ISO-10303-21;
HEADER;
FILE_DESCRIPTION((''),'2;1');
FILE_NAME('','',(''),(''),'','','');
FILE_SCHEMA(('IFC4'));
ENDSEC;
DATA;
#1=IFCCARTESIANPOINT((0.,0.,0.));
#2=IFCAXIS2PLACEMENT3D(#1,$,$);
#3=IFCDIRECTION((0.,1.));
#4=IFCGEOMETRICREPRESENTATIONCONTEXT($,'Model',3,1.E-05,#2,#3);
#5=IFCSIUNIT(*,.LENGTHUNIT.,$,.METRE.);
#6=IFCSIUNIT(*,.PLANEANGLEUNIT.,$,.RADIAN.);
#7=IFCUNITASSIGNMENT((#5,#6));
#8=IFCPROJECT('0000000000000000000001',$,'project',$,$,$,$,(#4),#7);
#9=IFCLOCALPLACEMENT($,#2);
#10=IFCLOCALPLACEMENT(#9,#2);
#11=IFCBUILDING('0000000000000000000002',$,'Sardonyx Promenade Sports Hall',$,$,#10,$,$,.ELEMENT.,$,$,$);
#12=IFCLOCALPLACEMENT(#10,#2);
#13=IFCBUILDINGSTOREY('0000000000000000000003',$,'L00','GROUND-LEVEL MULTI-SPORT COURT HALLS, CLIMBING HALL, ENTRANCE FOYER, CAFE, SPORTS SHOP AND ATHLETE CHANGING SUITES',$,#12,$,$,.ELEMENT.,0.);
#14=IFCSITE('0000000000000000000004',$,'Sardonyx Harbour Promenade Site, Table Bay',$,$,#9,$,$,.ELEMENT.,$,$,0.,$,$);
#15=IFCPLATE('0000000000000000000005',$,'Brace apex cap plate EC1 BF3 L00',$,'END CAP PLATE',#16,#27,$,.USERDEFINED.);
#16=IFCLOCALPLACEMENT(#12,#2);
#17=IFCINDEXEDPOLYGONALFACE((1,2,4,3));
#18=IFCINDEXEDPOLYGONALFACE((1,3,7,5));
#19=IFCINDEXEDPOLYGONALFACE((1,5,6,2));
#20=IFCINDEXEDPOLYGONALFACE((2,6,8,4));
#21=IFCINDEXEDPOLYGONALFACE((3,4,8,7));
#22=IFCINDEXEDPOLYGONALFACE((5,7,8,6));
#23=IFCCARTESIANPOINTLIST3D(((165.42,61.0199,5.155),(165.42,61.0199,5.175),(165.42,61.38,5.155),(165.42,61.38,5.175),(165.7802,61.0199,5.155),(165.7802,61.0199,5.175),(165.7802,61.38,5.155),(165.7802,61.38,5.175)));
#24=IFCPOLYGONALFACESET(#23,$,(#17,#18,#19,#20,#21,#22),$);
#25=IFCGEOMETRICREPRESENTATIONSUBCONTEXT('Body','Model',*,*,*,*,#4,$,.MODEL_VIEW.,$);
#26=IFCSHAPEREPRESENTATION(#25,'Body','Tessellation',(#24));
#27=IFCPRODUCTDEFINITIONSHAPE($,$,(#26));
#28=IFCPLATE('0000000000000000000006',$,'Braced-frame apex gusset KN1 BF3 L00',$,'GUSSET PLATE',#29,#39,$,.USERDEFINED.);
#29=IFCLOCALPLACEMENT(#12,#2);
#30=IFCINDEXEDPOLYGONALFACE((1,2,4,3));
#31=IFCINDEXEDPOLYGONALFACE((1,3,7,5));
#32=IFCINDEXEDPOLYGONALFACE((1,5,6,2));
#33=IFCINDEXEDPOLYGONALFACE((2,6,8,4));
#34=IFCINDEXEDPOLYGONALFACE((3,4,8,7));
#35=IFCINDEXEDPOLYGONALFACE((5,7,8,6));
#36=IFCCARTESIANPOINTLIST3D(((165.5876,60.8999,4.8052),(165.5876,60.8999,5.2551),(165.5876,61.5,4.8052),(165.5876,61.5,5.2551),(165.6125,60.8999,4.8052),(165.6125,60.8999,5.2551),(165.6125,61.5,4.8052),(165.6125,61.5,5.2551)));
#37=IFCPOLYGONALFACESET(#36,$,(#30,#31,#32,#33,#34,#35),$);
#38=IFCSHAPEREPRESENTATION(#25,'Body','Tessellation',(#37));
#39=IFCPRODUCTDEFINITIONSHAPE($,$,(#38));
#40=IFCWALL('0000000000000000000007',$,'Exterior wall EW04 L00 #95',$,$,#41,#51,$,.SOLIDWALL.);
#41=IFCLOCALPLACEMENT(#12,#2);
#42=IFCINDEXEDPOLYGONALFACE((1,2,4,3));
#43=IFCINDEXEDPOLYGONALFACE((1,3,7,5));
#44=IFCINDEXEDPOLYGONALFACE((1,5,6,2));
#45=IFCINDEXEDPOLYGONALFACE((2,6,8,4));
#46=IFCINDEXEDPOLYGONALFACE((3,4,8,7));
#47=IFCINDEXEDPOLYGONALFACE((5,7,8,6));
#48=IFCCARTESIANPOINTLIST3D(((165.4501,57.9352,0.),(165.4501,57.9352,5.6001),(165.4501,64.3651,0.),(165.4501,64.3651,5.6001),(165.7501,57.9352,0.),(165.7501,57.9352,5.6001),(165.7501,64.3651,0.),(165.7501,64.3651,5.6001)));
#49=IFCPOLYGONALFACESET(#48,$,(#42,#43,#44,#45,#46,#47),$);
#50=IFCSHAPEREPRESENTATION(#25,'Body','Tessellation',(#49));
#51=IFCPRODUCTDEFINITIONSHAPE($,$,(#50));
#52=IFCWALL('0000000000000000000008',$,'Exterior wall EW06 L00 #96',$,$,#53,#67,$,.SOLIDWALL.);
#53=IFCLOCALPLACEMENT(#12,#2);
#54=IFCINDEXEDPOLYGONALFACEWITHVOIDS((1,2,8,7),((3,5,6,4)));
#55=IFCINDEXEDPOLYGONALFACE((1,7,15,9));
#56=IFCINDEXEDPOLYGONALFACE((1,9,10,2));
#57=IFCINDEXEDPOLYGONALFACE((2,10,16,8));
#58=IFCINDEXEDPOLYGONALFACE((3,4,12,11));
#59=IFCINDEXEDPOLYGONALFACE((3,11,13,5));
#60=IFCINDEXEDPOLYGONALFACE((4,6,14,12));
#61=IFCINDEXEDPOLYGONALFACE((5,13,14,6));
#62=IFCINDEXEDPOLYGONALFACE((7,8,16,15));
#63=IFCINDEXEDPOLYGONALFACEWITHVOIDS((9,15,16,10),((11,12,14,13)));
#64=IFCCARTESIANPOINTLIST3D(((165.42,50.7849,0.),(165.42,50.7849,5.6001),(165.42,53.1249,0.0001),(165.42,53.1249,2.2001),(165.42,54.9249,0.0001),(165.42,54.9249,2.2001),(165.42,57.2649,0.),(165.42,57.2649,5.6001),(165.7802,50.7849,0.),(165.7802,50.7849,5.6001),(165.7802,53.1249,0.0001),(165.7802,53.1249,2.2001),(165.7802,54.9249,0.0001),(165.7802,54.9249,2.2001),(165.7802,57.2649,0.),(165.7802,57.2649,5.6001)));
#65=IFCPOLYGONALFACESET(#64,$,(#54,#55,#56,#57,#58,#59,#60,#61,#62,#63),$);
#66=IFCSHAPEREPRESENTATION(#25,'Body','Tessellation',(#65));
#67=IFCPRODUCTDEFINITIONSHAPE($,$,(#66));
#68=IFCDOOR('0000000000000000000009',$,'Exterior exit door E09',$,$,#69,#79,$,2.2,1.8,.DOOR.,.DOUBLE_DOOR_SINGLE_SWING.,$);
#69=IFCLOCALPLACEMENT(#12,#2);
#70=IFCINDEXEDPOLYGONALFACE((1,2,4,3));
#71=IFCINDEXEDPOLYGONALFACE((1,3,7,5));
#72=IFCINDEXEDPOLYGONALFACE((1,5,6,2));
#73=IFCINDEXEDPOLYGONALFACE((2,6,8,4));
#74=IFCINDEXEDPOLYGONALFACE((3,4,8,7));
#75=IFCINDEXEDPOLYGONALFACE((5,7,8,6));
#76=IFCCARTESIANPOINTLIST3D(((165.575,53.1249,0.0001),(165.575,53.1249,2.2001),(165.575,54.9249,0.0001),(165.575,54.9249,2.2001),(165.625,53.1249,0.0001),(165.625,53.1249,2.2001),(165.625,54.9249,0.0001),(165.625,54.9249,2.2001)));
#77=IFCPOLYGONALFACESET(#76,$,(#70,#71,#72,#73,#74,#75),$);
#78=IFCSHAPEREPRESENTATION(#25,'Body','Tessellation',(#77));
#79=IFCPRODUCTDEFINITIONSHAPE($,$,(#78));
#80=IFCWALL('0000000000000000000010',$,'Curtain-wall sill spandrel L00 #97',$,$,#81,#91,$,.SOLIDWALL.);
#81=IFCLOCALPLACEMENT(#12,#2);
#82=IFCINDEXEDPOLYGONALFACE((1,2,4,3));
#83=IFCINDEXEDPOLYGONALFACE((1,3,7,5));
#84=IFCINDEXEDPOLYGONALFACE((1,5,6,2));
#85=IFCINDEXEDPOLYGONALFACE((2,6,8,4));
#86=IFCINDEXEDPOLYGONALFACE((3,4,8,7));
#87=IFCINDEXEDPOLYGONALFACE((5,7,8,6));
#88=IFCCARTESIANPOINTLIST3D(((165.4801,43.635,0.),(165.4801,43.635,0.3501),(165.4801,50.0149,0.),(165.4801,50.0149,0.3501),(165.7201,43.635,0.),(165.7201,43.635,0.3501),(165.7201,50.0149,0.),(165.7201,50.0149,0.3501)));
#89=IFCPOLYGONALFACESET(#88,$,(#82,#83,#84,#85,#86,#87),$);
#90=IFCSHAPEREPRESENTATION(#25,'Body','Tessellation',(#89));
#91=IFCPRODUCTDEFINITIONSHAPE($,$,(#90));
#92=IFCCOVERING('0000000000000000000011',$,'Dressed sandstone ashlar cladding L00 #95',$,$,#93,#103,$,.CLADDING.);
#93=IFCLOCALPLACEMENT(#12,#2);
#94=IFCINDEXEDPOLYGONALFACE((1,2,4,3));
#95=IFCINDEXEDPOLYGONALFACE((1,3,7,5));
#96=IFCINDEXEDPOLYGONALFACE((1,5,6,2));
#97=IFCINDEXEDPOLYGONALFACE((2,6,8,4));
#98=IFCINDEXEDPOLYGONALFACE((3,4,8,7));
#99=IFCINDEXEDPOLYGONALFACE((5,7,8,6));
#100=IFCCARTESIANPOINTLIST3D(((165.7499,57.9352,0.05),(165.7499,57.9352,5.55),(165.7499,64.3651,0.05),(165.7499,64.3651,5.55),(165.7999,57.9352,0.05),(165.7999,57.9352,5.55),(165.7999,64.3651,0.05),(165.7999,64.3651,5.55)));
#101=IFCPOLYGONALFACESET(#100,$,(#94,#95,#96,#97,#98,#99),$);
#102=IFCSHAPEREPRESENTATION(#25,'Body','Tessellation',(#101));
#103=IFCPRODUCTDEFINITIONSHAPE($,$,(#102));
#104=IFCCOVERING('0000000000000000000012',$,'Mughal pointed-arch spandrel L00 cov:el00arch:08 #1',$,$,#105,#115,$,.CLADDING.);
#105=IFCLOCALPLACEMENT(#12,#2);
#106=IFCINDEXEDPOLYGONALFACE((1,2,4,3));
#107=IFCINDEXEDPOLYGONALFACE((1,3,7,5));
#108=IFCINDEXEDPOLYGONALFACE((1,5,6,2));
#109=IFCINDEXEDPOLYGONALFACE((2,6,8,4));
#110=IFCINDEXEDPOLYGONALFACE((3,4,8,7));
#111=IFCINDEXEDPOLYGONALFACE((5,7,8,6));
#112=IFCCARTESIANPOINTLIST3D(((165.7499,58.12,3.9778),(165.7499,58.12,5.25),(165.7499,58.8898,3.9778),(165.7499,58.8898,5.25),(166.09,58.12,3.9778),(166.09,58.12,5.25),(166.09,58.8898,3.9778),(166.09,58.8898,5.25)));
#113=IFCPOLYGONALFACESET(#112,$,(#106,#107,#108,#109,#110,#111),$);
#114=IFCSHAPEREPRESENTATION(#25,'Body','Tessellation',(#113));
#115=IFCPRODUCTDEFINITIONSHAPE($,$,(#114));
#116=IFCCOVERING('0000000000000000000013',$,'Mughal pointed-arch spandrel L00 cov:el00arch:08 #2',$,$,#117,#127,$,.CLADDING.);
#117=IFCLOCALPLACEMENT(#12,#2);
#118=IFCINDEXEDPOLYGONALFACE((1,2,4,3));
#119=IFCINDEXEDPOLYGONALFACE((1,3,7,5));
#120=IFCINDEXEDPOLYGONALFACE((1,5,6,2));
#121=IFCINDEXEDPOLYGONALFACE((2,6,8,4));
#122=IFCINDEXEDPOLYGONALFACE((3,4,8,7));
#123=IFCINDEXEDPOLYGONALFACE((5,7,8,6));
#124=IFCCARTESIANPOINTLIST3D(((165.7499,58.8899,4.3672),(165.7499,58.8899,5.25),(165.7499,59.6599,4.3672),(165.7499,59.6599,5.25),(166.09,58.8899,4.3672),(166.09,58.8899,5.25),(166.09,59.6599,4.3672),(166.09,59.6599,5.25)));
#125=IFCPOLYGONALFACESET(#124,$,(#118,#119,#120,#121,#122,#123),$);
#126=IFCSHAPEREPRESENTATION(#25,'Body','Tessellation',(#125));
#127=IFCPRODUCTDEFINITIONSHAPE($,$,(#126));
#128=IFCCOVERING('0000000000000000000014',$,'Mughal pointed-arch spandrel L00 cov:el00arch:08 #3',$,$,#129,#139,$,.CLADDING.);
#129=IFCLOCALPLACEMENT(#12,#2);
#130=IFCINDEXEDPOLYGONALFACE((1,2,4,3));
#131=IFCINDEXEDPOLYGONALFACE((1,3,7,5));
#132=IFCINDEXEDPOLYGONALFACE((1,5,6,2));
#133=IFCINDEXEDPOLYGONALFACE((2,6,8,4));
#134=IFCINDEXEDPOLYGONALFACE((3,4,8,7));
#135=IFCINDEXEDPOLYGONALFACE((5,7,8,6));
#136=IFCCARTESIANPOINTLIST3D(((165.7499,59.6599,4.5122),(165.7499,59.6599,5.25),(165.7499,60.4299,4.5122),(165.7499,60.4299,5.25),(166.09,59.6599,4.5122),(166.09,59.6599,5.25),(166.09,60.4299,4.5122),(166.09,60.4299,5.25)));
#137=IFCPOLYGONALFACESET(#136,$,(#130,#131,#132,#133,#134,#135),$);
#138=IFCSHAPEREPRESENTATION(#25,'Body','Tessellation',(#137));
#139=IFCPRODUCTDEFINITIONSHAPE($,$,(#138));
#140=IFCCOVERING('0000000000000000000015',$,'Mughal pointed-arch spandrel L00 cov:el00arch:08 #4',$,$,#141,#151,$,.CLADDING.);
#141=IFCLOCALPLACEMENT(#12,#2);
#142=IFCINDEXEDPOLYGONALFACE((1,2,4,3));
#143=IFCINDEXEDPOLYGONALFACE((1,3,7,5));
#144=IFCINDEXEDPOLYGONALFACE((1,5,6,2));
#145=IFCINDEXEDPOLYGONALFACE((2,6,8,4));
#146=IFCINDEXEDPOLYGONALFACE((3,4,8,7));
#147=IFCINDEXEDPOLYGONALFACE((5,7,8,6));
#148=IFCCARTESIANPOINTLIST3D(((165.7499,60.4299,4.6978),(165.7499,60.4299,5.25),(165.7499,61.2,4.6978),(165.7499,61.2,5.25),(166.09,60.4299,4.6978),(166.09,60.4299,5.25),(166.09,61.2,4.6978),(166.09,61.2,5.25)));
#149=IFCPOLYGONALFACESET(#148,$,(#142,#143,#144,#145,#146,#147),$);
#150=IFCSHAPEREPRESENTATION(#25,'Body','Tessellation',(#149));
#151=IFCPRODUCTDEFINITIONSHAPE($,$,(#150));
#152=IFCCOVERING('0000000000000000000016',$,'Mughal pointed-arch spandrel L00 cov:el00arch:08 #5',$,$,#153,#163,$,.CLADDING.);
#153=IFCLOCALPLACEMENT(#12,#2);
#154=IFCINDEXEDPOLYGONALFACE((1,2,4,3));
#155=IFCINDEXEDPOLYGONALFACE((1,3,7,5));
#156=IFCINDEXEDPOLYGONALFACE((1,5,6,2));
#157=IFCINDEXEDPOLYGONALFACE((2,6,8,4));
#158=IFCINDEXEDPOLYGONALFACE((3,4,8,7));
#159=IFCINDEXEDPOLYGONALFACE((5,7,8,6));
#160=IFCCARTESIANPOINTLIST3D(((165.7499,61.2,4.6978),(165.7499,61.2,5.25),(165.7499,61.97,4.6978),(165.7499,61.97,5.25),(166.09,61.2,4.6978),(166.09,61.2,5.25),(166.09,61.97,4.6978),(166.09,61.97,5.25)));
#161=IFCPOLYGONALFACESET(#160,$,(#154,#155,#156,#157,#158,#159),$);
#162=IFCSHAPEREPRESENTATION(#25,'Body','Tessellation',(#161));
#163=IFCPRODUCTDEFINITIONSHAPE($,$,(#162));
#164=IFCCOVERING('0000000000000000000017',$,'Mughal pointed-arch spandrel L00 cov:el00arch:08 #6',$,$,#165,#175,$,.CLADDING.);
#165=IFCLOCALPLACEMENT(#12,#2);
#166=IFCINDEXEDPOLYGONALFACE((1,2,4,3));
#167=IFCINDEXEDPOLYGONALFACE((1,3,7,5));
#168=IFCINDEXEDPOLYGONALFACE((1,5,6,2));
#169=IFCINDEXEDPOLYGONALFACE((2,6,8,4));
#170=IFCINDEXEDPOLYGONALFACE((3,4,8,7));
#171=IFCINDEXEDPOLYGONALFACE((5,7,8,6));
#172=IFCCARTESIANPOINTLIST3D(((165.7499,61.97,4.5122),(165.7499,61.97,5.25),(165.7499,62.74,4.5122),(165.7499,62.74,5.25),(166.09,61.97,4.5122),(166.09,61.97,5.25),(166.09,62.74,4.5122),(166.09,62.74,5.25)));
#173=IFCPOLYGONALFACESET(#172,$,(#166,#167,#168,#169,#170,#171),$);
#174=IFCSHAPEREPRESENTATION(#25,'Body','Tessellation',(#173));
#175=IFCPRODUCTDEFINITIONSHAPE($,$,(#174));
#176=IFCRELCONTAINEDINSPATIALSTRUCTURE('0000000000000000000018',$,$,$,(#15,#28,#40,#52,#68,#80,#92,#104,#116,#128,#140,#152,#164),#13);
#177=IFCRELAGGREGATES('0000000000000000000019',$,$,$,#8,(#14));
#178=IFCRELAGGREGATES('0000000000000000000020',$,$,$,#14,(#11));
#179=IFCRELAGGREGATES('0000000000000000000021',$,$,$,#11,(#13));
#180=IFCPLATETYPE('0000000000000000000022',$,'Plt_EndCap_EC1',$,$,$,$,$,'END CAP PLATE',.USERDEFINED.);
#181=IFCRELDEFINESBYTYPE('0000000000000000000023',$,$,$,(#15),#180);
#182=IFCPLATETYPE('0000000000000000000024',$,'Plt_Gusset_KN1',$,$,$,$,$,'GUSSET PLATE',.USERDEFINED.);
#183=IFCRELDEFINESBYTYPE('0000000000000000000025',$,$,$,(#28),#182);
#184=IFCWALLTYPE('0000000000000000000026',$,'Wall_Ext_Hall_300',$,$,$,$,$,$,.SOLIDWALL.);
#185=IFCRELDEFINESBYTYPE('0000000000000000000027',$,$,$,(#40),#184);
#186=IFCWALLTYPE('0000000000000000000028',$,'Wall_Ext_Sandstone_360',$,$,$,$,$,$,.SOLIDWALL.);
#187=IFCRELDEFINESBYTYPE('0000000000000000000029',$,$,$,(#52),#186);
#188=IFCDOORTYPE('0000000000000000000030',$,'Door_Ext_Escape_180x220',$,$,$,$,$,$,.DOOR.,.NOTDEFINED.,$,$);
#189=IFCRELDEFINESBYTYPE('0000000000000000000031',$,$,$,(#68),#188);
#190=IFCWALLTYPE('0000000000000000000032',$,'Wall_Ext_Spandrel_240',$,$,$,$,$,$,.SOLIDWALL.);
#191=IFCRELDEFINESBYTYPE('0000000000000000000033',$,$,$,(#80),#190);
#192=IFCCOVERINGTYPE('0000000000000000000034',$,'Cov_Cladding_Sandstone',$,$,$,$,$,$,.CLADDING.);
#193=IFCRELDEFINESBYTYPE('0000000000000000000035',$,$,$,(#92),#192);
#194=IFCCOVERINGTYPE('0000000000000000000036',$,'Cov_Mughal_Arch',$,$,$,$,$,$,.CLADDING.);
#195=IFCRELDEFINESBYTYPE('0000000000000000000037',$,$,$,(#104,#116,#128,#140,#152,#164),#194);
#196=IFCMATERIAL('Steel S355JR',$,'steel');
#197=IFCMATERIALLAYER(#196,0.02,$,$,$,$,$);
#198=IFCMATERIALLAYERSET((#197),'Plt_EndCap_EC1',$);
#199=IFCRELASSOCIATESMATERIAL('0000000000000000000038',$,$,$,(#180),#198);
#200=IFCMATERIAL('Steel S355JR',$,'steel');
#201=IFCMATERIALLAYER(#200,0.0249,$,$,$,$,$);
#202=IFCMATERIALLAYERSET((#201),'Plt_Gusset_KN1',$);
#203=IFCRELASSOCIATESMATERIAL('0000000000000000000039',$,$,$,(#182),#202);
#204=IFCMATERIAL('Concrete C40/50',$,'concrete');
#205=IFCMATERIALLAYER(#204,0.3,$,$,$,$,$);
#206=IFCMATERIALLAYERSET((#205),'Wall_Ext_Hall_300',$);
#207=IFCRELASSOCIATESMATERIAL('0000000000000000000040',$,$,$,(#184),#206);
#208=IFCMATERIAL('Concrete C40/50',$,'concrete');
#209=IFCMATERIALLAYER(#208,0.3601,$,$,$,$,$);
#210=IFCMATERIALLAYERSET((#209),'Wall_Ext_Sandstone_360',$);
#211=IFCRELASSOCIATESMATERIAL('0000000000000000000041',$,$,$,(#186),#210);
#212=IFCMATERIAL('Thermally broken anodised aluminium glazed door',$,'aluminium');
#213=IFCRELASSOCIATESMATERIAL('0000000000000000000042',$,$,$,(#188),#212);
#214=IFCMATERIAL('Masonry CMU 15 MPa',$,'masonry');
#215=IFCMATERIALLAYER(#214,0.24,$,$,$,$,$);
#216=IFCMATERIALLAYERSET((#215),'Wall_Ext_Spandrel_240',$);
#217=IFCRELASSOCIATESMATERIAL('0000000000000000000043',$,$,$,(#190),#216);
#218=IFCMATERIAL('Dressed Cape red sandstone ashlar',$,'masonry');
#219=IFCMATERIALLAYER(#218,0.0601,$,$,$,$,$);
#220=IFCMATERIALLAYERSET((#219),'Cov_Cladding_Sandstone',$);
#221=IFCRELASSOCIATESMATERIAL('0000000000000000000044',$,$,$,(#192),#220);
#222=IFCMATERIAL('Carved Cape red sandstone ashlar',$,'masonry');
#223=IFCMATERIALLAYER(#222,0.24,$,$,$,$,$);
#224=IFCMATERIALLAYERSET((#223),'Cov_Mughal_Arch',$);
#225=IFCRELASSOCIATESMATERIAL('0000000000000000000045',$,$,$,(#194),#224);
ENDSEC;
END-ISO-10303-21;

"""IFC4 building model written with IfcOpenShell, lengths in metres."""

from ifc_helpers import new_model, si_unit, direction, frame, frame_2d, origin, origin_2d, place, context, subcontext, project, spatial, rectangle, extrude, material, layer, layer_set, type_object, element, fill, save


model = new_model("IFC4")

# Units and contexts
model_context = context("Model", 3, precision=1e-05, world=origin(), true_north=direction((0.0, 1.0)))
body_context = subcontext(model_context, "Body", "Model", "MODEL_VIEW")
ifc_project = project(units=[si_unit("LENGTHUNIT", "METRE"), si_unit("PLANEANGLEUNIT", "RADIAN")], contexts=[model_context])

# Site, building, storey
site_placement = place(None, origin())
site = spatial("IfcSite", under=ifc_project, at=site_placement, Name="Sardonyx Harbour Promenade Site, Table Bay", CompositionType="ELEMENT", RefElevation=0.0)
building_placement = place(site_placement, origin())
building = spatial("IfcBuilding", under=site, at=building_placement, Name="Sardonyx Promenade Sports Hall", CompositionType="ELEMENT")
storey_placement = place(building_placement, origin())
storey = spatial("IfcBuildingStorey", under=building, at=storey_placement, Name="L00", Description="GROUND-LEVEL MULTI-SPORT COURT HALLS, CLIMBING HALL, ENTRANCE FOYER, CAFE, SPORTS SHOP AND ATHLETE CHANGING SUITES", CompositionType="ELEMENT", Elevation=0.0)

# Plates
ifc_material_1 = material(Name="Steel S355JR", Category="steel")
ifc_layer_1 = layer(ifc_material_1, 0.02)
ifc_layer_set_1 = layer_set([ifc_layer_1], Name="Plt_EndCap_EC1")
plate_type_1 = type_object("IfcPlateType", Name="Plt_EndCap_EC1", ElementType="END CAP PLATE", PredefinedType="USERDEFINED", material=ifc_layer_set_1)
for number, where, z_axis, x_axis, name in (
    (1, (165.6001, 61.2, 5.155), (0.0, 0.0, 1.0), (1.0, 0.0, 0.0), "Brace apex cap plate EC1 BF3 L00"),
):
    element("IfcPlate", number, at=place(storey_placement, frame(where, z_axis=z_axis, x_axis=x_axis)), inside=storey, type_object=plate_type_1, Name=name, ObjectType="END CAP PLATE", PredefinedType="USERDEFINED", context=body_context, shape_type="SweptSolid", body=[
        extrude(rectangle(XDim=0.3601, YDim=0.3601, at=origin_2d()), origin(), (0.0, 0.0, 1.0), 0.02),
    ])
ifc_material_2 = material(Name="Steel S355JR", Category="steel")
ifc_layer_2 = layer(ifc_material_2, 0.0249)
ifc_layer_set_2 = layer_set([ifc_layer_2], Name="Plt_Gusset_KN1")
plate_type_2 = type_object("IfcPlateType", Name="Plt_Gusset_KN1", ElementType="GUSSET PLATE", PredefinedType="USERDEFINED", material=ifc_layer_set_2)
plate_placement = place(storey_placement, frame((165.6001, 61.2, 4.8052), z_axis=(0.0, 0.0, 1.0), x_axis=(0.0, 1.0, 0.0)))
element("IfcPlate", 2, at=plate_placement, inside=storey, type_object=plate_type_2, Name="Braced-frame apex gusset KN1 BF3 L00", ObjectType="GUSSET PLATE", PredefinedType="USERDEFINED", context=body_context, shape_type="SweptSolid", body=[
    extrude(rectangle(XDim=0.6001, YDim=0.0249, at=origin_2d()), origin(), (0.0, 0.0, 1.0), 0.45),
])

# Wall
ifc_material_3 = material(Name="Concrete C40/50", Category="concrete")
ifc_layer_3 = layer(ifc_material_3, 0.3)
ifc_layer_set_3 = layer_set([ifc_layer_3], Name="Wall_Ext_Hall_300")
wall_type_1 = type_object("IfcWallType", Name="Wall_Ext_Hall_300", PredefinedType="SOLIDWALL", material=ifc_layer_set_3)
wall_1_placement = place(storey_placement, frame((165.6001, 64.365, 0.0), z_axis=(0.0, 0.0, 1.0), x_axis=(0.0, -1.0, 0.0)))
element("IfcWall", 3, at=wall_1_placement, inside=storey, type_object=wall_type_1, Name="Exterior wall EW04 L00 #95", PredefinedType="SOLIDWALL", context=body_context, shape_type="SweptSolid", body=[
    extrude(rectangle(XDim=6.4299, YDim=0.3, at=frame_2d((3.2148, 0.0))), origin(), (0.0, 0.0, 1.0), 5.6001),
])

# Wall, opening, door
ifc_material_4 = material(Name="Concrete C40/50", Category="concrete")
ifc_layer_4 = layer(ifc_material_4, 0.3601)
ifc_layer_set_4 = layer_set([ifc_layer_4], Name="Wall_Ext_Sandstone_360")
wall_type_2 = type_object("IfcWallType", Name="Wall_Ext_Sandstone_360", PredefinedType="SOLIDWALL", material=ifc_layer_set_4)
wall_2_placement = place(storey_placement, frame((165.6001, 57.2649, 0.0), z_axis=(0.0, 0.0, 1.0), x_axis=(0.0, -1.0, 0.0)))
wall_2 = element("IfcWall", 4, at=wall_2_placement, inside=storey, type_object=wall_type_2, Name="Exterior wall EW06 L00 #96", PredefinedType="SOLIDWALL", context=body_context, shape_type="SweptSolid", body=[
    extrude(rectangle(XDim=6.48, YDim=0.3601, at=frame_2d((3.24, 0.0))), origin(), (0.0, 0.0, 1.0), 5.6001),
])
opening_placement = place(wall_2_placement, frame((2.3401, 0.0, 0.0)))
opening = element("IfcOpeningElement", 5, at=opening_placement, cuts=wall_2, PredefinedType="OPENING", context=body_context, shape_type="SweptSolid", body=[
    extrude(rectangle(XDim=1.8, YDim=2.2, at=frame_2d((0.8999, 1.1001))), frame((0.0, 0.19, 0.0), z_axis=(0.0, -1.0, 0.0), x_axis=(1.0, 0.0, 0.0)), (0.0, 0.0, 1.0), 0.38),
])
ifc_material_5 = material(Name="Thermally broken anodised aluminium glazed door", Category="aluminium")
door_type = type_object("IfcDoorType", Name="Door_Ext_Escape_180x220", OperationType="NOTDEFINED", PredefinedType="DOOR", material=ifc_material_5)
door_placement = place(opening_placement, origin())
door = element("IfcDoor", 6, at=door_placement, inside=storey, type_object=door_type, Name="Exterior exit door E09", OperationType="DOUBLE_DOOR_SINGLE_SWING", OverallHeight=2.2, OverallWidth=1.8, PredefinedType="DOOR", context=body_context, shape_type="SweptSolid", body=[
    extrude(rectangle(XDim=1.8, YDim=2.2, at=frame_2d((0.8999, 1.1001))), frame((0.0, 0.0249, 0.0), z_axis=(0.0, -1.0, 0.0), x_axis=(1.0, 0.0, 0.0)), (0.0, 0.0, 1.0), 0.05),
])
fill(opening, door)

# Wall
ifc_material_6 = material(Name="Masonry CMU 15 MPa", Category="masonry")
ifc_layer_5 = layer(ifc_material_6, 0.24)
ifc_layer_set_5 = layer_set([ifc_layer_5], Name="Wall_Ext_Spandrel_240")
wall_type_3 = type_object("IfcWallType", Name="Wall_Ext_Spandrel_240", PredefinedType="SOLIDWALL", material=ifc_layer_set_5)
wall_3_placement = place(storey_placement, frame((165.6001, 50.0149, 0.0), z_axis=(0.0, 0.0, 1.0), x_axis=(0.0, -1.0, 0.0)))
element("IfcWall", 7, at=wall_3_placement, inside=storey, type_object=wall_type_3, Name="Curtain-wall sill spandrel L00 #97", PredefinedType="SOLIDWALL", context=body_context, shape_type="SweptSolid", body=[
    extrude(rectangle(XDim=6.3799, YDim=0.24, at=frame_2d((3.1899, 0.0))), origin(), (0.0, 0.0, 1.0), 0.3501),
])

# Coverings
ifc_material_7 = material(Name="Dressed Cape red sandstone ashlar", Category="masonry")
ifc_layer_6 = layer(ifc_material_7, 0.0601)
ifc_layer_set_6 = layer_set([ifc_layer_6], Name="Cov_Cladding_Sandstone")
covering_type_1 = type_object("IfcCoveringType", Name="Cov_Cladding_Sandstone", PredefinedType="CLADDING", material=ifc_layer_set_6)
covering_1_placement = place(storey_placement, frame((165.7749, 64.365, 0.05), z_axis=(0.0, 0.0, 1.0), x_axis=(0.0, -1.0, 0.0)))
element("IfcCovering", 8, at=covering_1_placement, inside=storey, type_object=covering_type_1, Name="Dressed sandstone ashlar cladding L00 #95", PredefinedType="CLADDING", context=body_context, shape_type="SweptSolid", body=[
    extrude(rectangle(XDim=6.4299, YDim=0.05, at=frame_2d((3.2148, 0.0))), origin(), (0.0, 0.0, 1.0), 5.5),
])
ifc_material_8 = material(Name="Carved Cape red sandstone ashlar", Category="masonry")
ifc_layer_7 = layer(ifc_material_8, 0.24)
ifc_layer_set_7 = layer_set([ifc_layer_7], Name="Cov_Mughal_Arch")
covering_type_2 = type_object("IfcCoveringType", Name="Cov_Mughal_Arch", PredefinedType="CLADDING", material=ifc_layer_set_7)
covering_2_placement = place(storey_placement, frame((165.9199, 58.1201, 3.9778), z_axis=(0.0, 0.0, 1.0), x_axis=(0.0, 1.0, 0.0)))
element("IfcCovering", 9, at=covering_2_placement, inside=storey, type_object=covering_type_2, Name="Mughal pointed-arch spandrel L00 cov:el00arch:08 #1", PredefinedType="CLADDING", context=body_context, shape_type="SweptSolid", body=[
    extrude(rectangle(XDim=0.7698, YDim=0.3401, at=frame_2d((0.3848, 0.0))), origin(), (0.0, 0.0, 1.0), 1.2722),
])
covering_3_placement = place(storey_placement, frame((165.9199, 58.8899, 4.3672), z_axis=(0.0, 0.0, 1.0), x_axis=(0.0, 1.0, 0.0)))
element("IfcCovering", 10, at=covering_3_placement, inside=storey, type_object=covering_type_2, Name="Mughal pointed-arch spandrel L00 cov:el00arch:08 #2", PredefinedType="CLADDING", context=body_context, shape_type="SweptSolid", body=[
    extrude(rectangle(XDim=0.77, YDim=0.3401, at=frame_2d((0.385, 0.0))), origin(), (0.0, 0.0, 1.0), 0.8828),
])
covering_4_placement = place(storey_placement, frame((165.9199, 59.6599, 4.5122), z_axis=(0.0, 0.0, 1.0), x_axis=(0.0, 1.0, 0.0)))
element("IfcCovering", 11, at=covering_4_placement, inside=storey, type_object=covering_type_2, Name="Mughal pointed-arch spandrel L00 cov:el00arch:08 #3", PredefinedType="CLADDING", context=body_context, shape_type="SweptSolid", body=[
    extrude(rectangle(XDim=0.77, YDim=0.3401, at=frame_2d((0.385, 0.0))), origin(), (0.0, 0.0, 1.0), 0.7378),
])
for number, where, z_axis, x_axis, name in (
    (12, (165.9199, 60.4299, 4.6978), (0.0, 0.0, 1.0), (0.0, 1.0, 0.0), "Mughal pointed-arch spandrel L00 cov:el00arch:08 #4"),
    (13, (165.9199, 61.2, 4.6978), (0.0, 0.0, 1.0), (0.0, 1.0, 0.0), "Mughal pointed-arch spandrel L00 cov:el00arch:08 #5"),
):
    element("IfcCovering", number, at=place(storey_placement, frame(where, z_axis=z_axis, x_axis=x_axis)), inside=storey, type_object=covering_type_2, Name=name, PredefinedType="CLADDING", context=body_context, shape_type="SweptSolid", body=[
        extrude(rectangle(XDim=0.77, YDim=0.3401, at=frame_2d((0.385, 0.0))), origin(), (0.0, 0.0, 1.0), 0.5522),
    ])
covering_5_placement = place(storey_placement, frame((165.9199, 61.97, 4.5122), z_axis=(0.0, 0.0, 1.0), x_axis=(0.0, 1.0, 0.0)))
element("IfcCovering", 14, at=covering_5_placement, inside=storey, type_object=covering_type_2, Name="Mughal pointed-arch spandrel L00 cov:el00arch:08 #6", PredefinedType="CLADDING", context=body_context, shape_type="SweptSolid", body=[
    extrude(rectangle(XDim=0.77, YDim=0.3401, at=frame_2d((0.385, 0.0))), origin(), (0.0, 0.0, 1.0), 0.7378),
])

save(model, "model.ifc")
